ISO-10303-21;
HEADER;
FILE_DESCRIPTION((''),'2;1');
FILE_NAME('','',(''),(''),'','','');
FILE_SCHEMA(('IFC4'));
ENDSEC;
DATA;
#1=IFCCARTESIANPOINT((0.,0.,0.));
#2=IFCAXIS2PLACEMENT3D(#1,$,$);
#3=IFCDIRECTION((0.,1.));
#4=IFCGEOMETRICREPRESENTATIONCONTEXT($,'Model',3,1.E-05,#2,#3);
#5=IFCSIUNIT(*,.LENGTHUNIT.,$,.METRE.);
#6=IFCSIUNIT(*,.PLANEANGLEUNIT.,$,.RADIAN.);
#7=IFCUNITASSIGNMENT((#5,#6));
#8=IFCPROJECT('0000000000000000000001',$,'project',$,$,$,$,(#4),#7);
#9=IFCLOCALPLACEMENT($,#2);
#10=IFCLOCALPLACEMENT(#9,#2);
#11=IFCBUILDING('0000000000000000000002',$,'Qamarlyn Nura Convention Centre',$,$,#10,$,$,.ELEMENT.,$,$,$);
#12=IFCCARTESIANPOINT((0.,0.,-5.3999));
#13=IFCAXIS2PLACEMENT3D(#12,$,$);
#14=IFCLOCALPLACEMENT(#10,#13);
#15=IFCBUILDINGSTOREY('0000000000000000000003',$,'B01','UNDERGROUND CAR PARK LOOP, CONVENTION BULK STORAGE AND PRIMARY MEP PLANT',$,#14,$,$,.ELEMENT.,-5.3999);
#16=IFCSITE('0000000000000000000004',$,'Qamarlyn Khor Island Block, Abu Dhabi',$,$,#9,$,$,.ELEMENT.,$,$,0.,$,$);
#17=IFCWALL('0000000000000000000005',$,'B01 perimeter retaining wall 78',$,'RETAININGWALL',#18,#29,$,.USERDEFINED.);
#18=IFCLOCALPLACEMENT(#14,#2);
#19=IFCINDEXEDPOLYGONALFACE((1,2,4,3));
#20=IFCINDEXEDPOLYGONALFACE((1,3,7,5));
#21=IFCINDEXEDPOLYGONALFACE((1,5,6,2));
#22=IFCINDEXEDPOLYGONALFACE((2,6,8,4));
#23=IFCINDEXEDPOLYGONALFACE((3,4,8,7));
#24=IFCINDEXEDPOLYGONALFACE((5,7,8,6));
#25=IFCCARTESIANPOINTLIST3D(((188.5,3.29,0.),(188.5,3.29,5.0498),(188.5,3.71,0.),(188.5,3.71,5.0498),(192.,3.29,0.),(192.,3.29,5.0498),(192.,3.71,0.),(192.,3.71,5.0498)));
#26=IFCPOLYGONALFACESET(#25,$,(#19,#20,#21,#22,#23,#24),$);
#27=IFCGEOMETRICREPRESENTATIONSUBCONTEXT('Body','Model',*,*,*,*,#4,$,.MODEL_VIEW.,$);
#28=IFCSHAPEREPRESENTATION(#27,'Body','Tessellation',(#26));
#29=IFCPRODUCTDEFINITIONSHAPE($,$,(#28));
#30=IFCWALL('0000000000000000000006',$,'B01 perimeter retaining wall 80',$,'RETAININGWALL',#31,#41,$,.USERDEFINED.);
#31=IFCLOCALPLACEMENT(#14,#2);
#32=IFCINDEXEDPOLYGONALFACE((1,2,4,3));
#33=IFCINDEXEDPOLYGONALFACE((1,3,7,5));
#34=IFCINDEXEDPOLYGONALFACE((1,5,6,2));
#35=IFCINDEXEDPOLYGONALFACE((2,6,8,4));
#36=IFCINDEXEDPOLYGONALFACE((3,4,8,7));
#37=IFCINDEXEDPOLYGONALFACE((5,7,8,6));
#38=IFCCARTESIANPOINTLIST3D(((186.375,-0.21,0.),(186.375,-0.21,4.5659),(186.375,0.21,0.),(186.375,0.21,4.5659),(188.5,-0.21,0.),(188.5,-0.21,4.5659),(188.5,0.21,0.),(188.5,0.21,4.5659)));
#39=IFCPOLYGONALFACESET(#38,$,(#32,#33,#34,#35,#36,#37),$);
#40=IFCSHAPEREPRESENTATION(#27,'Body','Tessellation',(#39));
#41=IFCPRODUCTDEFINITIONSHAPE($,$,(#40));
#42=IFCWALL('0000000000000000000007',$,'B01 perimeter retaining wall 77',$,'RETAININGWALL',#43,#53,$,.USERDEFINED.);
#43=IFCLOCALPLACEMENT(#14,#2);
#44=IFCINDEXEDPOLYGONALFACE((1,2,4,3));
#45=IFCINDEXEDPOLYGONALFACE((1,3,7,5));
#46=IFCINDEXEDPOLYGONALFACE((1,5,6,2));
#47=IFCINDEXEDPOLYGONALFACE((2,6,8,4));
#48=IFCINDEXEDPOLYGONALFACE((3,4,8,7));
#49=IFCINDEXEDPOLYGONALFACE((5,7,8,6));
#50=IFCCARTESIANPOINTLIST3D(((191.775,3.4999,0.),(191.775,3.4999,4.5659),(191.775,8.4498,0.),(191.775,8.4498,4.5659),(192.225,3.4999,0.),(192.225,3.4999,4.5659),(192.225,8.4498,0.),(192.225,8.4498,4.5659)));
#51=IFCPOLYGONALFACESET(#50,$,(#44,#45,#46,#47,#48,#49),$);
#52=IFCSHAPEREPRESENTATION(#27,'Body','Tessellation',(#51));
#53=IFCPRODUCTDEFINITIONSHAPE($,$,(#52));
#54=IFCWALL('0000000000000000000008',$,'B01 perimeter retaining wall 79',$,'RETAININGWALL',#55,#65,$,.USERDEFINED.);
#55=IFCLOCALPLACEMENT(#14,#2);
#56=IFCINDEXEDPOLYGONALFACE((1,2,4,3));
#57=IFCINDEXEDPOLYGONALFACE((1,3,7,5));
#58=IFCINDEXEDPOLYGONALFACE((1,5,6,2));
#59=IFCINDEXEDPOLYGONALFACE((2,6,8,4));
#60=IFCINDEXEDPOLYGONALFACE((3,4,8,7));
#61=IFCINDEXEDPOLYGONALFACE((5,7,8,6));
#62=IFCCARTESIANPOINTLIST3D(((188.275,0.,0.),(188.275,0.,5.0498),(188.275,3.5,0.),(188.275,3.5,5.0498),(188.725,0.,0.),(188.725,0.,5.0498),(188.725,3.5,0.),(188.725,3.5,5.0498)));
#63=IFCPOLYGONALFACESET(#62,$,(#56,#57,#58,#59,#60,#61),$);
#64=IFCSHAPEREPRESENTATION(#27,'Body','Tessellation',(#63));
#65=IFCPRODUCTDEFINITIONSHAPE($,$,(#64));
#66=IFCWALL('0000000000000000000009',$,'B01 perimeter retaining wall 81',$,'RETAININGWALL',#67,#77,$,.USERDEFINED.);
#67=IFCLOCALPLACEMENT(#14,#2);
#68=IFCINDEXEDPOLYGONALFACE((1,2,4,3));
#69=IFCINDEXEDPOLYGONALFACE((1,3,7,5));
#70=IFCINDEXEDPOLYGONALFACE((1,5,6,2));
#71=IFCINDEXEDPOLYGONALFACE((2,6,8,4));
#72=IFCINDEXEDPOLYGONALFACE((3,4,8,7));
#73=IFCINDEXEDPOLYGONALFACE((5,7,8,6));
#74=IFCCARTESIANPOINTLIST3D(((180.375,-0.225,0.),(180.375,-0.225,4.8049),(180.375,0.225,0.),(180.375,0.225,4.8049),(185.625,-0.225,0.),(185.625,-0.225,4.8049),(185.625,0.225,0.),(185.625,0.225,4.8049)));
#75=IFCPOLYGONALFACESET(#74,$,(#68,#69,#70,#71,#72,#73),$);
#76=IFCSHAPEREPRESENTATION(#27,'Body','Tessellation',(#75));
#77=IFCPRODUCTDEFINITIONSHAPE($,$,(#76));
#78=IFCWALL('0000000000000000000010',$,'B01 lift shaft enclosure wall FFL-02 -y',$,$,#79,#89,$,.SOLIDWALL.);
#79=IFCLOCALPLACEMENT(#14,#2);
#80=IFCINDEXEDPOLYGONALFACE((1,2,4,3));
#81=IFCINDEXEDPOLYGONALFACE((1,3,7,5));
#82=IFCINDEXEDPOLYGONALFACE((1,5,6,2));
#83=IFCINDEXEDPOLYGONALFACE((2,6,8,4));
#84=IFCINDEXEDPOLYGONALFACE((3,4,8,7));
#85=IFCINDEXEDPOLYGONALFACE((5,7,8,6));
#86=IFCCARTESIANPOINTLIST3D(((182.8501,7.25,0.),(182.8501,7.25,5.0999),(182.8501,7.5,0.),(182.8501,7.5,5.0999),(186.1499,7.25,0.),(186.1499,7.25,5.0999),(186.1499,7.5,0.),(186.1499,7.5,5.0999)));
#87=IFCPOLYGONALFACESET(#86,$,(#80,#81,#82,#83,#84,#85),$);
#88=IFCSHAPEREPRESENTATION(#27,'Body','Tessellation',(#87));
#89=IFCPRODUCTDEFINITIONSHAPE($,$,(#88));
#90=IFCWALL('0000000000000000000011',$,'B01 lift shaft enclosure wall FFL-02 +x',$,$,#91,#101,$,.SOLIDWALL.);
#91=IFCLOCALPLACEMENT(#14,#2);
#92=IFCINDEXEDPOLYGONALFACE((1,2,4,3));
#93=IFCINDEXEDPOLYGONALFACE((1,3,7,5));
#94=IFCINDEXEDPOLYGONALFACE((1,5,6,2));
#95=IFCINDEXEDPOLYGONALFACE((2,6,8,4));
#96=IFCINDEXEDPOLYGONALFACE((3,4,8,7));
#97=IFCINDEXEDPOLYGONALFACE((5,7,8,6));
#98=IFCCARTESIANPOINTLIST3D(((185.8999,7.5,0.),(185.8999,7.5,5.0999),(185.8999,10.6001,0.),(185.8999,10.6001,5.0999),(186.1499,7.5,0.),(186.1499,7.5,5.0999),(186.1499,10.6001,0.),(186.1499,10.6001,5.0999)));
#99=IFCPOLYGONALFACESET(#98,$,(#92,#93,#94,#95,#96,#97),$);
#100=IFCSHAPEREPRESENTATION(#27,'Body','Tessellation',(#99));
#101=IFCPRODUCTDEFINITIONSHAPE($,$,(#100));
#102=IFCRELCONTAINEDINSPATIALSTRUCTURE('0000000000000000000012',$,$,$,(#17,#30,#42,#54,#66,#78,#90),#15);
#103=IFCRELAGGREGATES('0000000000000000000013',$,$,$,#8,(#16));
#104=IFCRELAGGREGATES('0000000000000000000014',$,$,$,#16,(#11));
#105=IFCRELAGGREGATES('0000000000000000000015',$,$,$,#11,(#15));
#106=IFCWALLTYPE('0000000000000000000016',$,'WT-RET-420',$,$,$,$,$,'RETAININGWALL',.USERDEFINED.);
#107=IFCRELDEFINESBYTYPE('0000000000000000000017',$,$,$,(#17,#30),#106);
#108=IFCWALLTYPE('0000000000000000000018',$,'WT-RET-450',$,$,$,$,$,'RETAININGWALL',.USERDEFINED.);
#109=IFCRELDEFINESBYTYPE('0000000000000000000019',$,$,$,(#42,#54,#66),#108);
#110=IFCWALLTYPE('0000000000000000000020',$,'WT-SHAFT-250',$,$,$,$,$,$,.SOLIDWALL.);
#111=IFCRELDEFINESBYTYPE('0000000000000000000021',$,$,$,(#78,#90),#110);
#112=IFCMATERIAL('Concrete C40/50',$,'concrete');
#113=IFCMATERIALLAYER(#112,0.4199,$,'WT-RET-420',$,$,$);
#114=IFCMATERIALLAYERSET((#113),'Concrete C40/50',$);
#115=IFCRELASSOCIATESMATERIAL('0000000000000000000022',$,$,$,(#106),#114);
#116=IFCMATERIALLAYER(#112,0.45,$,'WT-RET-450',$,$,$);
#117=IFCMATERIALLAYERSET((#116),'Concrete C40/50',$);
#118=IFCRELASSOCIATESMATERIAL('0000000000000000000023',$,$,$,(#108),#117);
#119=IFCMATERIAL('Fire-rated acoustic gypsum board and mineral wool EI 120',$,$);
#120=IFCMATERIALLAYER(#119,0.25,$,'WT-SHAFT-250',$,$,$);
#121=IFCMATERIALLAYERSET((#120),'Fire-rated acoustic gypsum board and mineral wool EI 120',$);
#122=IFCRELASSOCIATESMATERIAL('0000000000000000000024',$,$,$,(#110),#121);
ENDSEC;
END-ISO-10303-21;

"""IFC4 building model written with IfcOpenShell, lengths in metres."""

from ifc_helpers import new_model, si_unit, direction, frame, frame_2d, origin, place, context, subcontext, project, spatial, rectangle, extrude, material, layer, layer_set, type_object, element, save


model = new_model("IFC4")

# Units and contexts
model_context = context("Model", 3, precision=1e-05, world=origin(), true_north=direction((0.0, 1.0)))
body_context = subcontext(model_context, "Body", "Model", "MODEL_VIEW")
ifc_project = project(units=[si_unit("LENGTHUNIT", "METRE"), si_unit("PLANEANGLEUNIT", "RADIAN")], contexts=[model_context])

# Site, building, storey
site_placement = place(None, origin())
site = spatial("IfcSite", under=ifc_project, at=site_placement, Name="Qamarlyn Khor Island Block, Abu Dhabi", CompositionType="ELEMENT", RefElevation=0.0)
building_placement = place(site_placement, origin())
building = spatial("IfcBuilding", under=site, at=building_placement, Name="Qamarlyn Nura Convention Centre", CompositionType="ELEMENT")
storey_placement = place(building_placement, frame((0.0, 0.0, -5.3999)))
storey = spatial("IfcBuildingStorey", under=building, at=storey_placement, Name="B01", Description="UNDERGROUND CAR PARK LOOP, CONVENTION BULK STORAGE AND PRIMARY MEP PLANT", CompositionType="ELEMENT", Elevation=-5.3999)

# Shared definitions
ifc_material_1 = material(Name="Concrete C40/50", Category="concrete")

# Walls
ifc_layer_1 = layer(ifc_material_1, 0.4199, Name="WT-RET-420")
ifc_layer_set_1 = layer_set([ifc_layer_1], Name="Concrete C40/50")
wall_type_1 = type_object("IfcWallType", Name="WT-RET-420", ElementType="RETAININGWALL", PredefinedType="USERDEFINED", material=ifc_layer_set_1)
wall_1_placement = place(storey_placement, frame((192.0, 3.5, 0.0), z_axis=(0.0, 0.0, 1.0), x_axis=(-1.0, 0.0, 0.0)))
element("IfcWall", 1, at=wall_1_placement, inside=storey, type_object=wall_type_1, Name="B01 perimeter retaining wall 78", ObjectType="RETAININGWALL", PredefinedType="USERDEFINED", context=body_context, shape_type="SweptSolid", body=[
    extrude(rectangle(XDim=3.5, YDim=0.4199, at=frame_2d((1.75, 0.0))), origin(), (0.0, 0.0, 1.0), 5.0498),
])
wall_2_placement = place(storey_placement, frame((188.5, 0.0, 0.0), z_axis=(0.0, 0.0, 1.0), x_axis=(-1.0, 0.0, 0.0)))
element("IfcWall", 2, at=wall_2_placement, inside=storey, type_object=wall_type_1, Name="B01 perimeter retaining wall 80", ObjectType="RETAININGWALL", PredefinedType="USERDEFINED", context=body_context, shape_type="SweptSolid", body=[
    extrude(rectangle(XDim=2.125, YDim=0.4199, at=frame_2d((1.0625, 0.0))), origin(), (0.0, 0.0, 1.0), 4.5659),
])
ifc_layer_2 = layer(ifc_material_1, 0.45, Name="WT-RET-450")
ifc_layer_set_2 = layer_set([ifc_layer_2], Name="Concrete C40/50")
wall_type_2 = type_object("IfcWallType", Name="WT-RET-450", ElementType="RETAININGWALL", PredefinedType="USERDEFINED", material=ifc_layer_set_2)
wall_3_placement = place(storey_placement, frame((192.0, 8.45, 0.0), z_axis=(0.0, 0.0, 1.0), x_axis=(0.0, -1.0, 0.0)))
element("IfcWall", 3, at=wall_3_placement, inside=storey, type_object=wall_type_2, Name="B01 perimeter retaining wall 77", ObjectType="RETAININGWALL", PredefinedType="USERDEFINED", context=body_context, shape_type="SweptSolid", body=[
    extrude(rectangle(XDim=4.95, YDim=0.45, at=frame_2d((2.4751, 0.0))), origin(), (0.0, 0.0, 1.0), 4.5659),
])
wall_4_placement = place(storey_placement, frame((188.5, 3.5, 0.0), z_axis=(0.0, 0.0, 1.0), x_axis=(0.0, -1.0, 0.0)))
element("IfcWall", 4, at=wall_4_placement, inside=storey, type_object=wall_type_2, Name="B01 perimeter retaining wall 79", ObjectType="RETAININGWALL", PredefinedType="USERDEFINED", context=body_context, shape_type="SweptSolid", body=[
    extrude(rectangle(XDim=3.5, YDim=0.45, at=frame_2d((1.75, 0.0))), origin(), (0.0, 0.0, 1.0), 5.0498),
])
wall_5_placement = place(storey_placement, frame((185.625, 0.0, 0.0), z_axis=(0.0, 0.0, 1.0), x_axis=(-1.0, 0.0, 0.0)))
element("IfcWall", 5, at=wall_5_placement, inside=storey, type_object=wall_type_2, Name="B01 perimeter retaining wall 81", ObjectType="RETAININGWALL", PredefinedType="USERDEFINED", context=body_context, shape_type="SweptSolid", body=[
    extrude(rectangle(XDim=5.25, YDim=0.45, at=frame_2d((2.625, 0.0))), origin(), (0.0, 0.0, 1.0), 4.8049),
])
ifc_material_2 = material(Name="Fire-rated acoustic gypsum board and mineral wool EI 120")
ifc_layer_3 = layer(ifc_material_2, 0.25, Name="WT-SHAFT-250")
ifc_layer_set_3 = layer_set([ifc_layer_3], Name="Fire-rated acoustic gypsum board and mineral wool EI 120")
wall_type_3 = type_object("IfcWallType", Name="WT-SHAFT-250", PredefinedType="SOLIDWALL", material=ifc_layer_set_3)
wall_6_placement = place(storey_placement, frame((182.8501, 7.375, 0.0), z_axis=(0.0, 0.0, 1.0), x_axis=(1.0, 0.0, 0.0)))
element("IfcWall", 6, at=wall_6_placement, inside=storey, type_object=wall_type_3, Name="B01 lift shaft enclosure wall FFL-02 -y", PredefinedType="SOLIDWALL", context=body_context, shape_type="SweptSolid", body=[
    extrude(rectangle(XDim=3.2998, YDim=0.25, at=frame_2d((1.6499, 0.0))), origin(), (0.0, 0.0, 1.0), 5.0999),
])
wall_7_placement = place(storey_placement, frame((186.0249, 7.5, 0.0), z_axis=(0.0, 0.0, 1.0), x_axis=(0.0, 1.0, 0.0)))
element("IfcWall", 7, at=wall_7_placement, inside=storey, type_object=wall_type_3, Name="B01 lift shaft enclosure wall FFL-02 +x", PredefinedType="SOLIDWALL", context=body_context, shape_type="SweptSolid", body=[
    extrude(rectangle(XDim=3.1001, YDim=0.25, at=frame_2d((1.55, 0.0))), origin(), (0.0, 0.0, 1.0), 5.0999),
])

save(model, "model.ifc")
